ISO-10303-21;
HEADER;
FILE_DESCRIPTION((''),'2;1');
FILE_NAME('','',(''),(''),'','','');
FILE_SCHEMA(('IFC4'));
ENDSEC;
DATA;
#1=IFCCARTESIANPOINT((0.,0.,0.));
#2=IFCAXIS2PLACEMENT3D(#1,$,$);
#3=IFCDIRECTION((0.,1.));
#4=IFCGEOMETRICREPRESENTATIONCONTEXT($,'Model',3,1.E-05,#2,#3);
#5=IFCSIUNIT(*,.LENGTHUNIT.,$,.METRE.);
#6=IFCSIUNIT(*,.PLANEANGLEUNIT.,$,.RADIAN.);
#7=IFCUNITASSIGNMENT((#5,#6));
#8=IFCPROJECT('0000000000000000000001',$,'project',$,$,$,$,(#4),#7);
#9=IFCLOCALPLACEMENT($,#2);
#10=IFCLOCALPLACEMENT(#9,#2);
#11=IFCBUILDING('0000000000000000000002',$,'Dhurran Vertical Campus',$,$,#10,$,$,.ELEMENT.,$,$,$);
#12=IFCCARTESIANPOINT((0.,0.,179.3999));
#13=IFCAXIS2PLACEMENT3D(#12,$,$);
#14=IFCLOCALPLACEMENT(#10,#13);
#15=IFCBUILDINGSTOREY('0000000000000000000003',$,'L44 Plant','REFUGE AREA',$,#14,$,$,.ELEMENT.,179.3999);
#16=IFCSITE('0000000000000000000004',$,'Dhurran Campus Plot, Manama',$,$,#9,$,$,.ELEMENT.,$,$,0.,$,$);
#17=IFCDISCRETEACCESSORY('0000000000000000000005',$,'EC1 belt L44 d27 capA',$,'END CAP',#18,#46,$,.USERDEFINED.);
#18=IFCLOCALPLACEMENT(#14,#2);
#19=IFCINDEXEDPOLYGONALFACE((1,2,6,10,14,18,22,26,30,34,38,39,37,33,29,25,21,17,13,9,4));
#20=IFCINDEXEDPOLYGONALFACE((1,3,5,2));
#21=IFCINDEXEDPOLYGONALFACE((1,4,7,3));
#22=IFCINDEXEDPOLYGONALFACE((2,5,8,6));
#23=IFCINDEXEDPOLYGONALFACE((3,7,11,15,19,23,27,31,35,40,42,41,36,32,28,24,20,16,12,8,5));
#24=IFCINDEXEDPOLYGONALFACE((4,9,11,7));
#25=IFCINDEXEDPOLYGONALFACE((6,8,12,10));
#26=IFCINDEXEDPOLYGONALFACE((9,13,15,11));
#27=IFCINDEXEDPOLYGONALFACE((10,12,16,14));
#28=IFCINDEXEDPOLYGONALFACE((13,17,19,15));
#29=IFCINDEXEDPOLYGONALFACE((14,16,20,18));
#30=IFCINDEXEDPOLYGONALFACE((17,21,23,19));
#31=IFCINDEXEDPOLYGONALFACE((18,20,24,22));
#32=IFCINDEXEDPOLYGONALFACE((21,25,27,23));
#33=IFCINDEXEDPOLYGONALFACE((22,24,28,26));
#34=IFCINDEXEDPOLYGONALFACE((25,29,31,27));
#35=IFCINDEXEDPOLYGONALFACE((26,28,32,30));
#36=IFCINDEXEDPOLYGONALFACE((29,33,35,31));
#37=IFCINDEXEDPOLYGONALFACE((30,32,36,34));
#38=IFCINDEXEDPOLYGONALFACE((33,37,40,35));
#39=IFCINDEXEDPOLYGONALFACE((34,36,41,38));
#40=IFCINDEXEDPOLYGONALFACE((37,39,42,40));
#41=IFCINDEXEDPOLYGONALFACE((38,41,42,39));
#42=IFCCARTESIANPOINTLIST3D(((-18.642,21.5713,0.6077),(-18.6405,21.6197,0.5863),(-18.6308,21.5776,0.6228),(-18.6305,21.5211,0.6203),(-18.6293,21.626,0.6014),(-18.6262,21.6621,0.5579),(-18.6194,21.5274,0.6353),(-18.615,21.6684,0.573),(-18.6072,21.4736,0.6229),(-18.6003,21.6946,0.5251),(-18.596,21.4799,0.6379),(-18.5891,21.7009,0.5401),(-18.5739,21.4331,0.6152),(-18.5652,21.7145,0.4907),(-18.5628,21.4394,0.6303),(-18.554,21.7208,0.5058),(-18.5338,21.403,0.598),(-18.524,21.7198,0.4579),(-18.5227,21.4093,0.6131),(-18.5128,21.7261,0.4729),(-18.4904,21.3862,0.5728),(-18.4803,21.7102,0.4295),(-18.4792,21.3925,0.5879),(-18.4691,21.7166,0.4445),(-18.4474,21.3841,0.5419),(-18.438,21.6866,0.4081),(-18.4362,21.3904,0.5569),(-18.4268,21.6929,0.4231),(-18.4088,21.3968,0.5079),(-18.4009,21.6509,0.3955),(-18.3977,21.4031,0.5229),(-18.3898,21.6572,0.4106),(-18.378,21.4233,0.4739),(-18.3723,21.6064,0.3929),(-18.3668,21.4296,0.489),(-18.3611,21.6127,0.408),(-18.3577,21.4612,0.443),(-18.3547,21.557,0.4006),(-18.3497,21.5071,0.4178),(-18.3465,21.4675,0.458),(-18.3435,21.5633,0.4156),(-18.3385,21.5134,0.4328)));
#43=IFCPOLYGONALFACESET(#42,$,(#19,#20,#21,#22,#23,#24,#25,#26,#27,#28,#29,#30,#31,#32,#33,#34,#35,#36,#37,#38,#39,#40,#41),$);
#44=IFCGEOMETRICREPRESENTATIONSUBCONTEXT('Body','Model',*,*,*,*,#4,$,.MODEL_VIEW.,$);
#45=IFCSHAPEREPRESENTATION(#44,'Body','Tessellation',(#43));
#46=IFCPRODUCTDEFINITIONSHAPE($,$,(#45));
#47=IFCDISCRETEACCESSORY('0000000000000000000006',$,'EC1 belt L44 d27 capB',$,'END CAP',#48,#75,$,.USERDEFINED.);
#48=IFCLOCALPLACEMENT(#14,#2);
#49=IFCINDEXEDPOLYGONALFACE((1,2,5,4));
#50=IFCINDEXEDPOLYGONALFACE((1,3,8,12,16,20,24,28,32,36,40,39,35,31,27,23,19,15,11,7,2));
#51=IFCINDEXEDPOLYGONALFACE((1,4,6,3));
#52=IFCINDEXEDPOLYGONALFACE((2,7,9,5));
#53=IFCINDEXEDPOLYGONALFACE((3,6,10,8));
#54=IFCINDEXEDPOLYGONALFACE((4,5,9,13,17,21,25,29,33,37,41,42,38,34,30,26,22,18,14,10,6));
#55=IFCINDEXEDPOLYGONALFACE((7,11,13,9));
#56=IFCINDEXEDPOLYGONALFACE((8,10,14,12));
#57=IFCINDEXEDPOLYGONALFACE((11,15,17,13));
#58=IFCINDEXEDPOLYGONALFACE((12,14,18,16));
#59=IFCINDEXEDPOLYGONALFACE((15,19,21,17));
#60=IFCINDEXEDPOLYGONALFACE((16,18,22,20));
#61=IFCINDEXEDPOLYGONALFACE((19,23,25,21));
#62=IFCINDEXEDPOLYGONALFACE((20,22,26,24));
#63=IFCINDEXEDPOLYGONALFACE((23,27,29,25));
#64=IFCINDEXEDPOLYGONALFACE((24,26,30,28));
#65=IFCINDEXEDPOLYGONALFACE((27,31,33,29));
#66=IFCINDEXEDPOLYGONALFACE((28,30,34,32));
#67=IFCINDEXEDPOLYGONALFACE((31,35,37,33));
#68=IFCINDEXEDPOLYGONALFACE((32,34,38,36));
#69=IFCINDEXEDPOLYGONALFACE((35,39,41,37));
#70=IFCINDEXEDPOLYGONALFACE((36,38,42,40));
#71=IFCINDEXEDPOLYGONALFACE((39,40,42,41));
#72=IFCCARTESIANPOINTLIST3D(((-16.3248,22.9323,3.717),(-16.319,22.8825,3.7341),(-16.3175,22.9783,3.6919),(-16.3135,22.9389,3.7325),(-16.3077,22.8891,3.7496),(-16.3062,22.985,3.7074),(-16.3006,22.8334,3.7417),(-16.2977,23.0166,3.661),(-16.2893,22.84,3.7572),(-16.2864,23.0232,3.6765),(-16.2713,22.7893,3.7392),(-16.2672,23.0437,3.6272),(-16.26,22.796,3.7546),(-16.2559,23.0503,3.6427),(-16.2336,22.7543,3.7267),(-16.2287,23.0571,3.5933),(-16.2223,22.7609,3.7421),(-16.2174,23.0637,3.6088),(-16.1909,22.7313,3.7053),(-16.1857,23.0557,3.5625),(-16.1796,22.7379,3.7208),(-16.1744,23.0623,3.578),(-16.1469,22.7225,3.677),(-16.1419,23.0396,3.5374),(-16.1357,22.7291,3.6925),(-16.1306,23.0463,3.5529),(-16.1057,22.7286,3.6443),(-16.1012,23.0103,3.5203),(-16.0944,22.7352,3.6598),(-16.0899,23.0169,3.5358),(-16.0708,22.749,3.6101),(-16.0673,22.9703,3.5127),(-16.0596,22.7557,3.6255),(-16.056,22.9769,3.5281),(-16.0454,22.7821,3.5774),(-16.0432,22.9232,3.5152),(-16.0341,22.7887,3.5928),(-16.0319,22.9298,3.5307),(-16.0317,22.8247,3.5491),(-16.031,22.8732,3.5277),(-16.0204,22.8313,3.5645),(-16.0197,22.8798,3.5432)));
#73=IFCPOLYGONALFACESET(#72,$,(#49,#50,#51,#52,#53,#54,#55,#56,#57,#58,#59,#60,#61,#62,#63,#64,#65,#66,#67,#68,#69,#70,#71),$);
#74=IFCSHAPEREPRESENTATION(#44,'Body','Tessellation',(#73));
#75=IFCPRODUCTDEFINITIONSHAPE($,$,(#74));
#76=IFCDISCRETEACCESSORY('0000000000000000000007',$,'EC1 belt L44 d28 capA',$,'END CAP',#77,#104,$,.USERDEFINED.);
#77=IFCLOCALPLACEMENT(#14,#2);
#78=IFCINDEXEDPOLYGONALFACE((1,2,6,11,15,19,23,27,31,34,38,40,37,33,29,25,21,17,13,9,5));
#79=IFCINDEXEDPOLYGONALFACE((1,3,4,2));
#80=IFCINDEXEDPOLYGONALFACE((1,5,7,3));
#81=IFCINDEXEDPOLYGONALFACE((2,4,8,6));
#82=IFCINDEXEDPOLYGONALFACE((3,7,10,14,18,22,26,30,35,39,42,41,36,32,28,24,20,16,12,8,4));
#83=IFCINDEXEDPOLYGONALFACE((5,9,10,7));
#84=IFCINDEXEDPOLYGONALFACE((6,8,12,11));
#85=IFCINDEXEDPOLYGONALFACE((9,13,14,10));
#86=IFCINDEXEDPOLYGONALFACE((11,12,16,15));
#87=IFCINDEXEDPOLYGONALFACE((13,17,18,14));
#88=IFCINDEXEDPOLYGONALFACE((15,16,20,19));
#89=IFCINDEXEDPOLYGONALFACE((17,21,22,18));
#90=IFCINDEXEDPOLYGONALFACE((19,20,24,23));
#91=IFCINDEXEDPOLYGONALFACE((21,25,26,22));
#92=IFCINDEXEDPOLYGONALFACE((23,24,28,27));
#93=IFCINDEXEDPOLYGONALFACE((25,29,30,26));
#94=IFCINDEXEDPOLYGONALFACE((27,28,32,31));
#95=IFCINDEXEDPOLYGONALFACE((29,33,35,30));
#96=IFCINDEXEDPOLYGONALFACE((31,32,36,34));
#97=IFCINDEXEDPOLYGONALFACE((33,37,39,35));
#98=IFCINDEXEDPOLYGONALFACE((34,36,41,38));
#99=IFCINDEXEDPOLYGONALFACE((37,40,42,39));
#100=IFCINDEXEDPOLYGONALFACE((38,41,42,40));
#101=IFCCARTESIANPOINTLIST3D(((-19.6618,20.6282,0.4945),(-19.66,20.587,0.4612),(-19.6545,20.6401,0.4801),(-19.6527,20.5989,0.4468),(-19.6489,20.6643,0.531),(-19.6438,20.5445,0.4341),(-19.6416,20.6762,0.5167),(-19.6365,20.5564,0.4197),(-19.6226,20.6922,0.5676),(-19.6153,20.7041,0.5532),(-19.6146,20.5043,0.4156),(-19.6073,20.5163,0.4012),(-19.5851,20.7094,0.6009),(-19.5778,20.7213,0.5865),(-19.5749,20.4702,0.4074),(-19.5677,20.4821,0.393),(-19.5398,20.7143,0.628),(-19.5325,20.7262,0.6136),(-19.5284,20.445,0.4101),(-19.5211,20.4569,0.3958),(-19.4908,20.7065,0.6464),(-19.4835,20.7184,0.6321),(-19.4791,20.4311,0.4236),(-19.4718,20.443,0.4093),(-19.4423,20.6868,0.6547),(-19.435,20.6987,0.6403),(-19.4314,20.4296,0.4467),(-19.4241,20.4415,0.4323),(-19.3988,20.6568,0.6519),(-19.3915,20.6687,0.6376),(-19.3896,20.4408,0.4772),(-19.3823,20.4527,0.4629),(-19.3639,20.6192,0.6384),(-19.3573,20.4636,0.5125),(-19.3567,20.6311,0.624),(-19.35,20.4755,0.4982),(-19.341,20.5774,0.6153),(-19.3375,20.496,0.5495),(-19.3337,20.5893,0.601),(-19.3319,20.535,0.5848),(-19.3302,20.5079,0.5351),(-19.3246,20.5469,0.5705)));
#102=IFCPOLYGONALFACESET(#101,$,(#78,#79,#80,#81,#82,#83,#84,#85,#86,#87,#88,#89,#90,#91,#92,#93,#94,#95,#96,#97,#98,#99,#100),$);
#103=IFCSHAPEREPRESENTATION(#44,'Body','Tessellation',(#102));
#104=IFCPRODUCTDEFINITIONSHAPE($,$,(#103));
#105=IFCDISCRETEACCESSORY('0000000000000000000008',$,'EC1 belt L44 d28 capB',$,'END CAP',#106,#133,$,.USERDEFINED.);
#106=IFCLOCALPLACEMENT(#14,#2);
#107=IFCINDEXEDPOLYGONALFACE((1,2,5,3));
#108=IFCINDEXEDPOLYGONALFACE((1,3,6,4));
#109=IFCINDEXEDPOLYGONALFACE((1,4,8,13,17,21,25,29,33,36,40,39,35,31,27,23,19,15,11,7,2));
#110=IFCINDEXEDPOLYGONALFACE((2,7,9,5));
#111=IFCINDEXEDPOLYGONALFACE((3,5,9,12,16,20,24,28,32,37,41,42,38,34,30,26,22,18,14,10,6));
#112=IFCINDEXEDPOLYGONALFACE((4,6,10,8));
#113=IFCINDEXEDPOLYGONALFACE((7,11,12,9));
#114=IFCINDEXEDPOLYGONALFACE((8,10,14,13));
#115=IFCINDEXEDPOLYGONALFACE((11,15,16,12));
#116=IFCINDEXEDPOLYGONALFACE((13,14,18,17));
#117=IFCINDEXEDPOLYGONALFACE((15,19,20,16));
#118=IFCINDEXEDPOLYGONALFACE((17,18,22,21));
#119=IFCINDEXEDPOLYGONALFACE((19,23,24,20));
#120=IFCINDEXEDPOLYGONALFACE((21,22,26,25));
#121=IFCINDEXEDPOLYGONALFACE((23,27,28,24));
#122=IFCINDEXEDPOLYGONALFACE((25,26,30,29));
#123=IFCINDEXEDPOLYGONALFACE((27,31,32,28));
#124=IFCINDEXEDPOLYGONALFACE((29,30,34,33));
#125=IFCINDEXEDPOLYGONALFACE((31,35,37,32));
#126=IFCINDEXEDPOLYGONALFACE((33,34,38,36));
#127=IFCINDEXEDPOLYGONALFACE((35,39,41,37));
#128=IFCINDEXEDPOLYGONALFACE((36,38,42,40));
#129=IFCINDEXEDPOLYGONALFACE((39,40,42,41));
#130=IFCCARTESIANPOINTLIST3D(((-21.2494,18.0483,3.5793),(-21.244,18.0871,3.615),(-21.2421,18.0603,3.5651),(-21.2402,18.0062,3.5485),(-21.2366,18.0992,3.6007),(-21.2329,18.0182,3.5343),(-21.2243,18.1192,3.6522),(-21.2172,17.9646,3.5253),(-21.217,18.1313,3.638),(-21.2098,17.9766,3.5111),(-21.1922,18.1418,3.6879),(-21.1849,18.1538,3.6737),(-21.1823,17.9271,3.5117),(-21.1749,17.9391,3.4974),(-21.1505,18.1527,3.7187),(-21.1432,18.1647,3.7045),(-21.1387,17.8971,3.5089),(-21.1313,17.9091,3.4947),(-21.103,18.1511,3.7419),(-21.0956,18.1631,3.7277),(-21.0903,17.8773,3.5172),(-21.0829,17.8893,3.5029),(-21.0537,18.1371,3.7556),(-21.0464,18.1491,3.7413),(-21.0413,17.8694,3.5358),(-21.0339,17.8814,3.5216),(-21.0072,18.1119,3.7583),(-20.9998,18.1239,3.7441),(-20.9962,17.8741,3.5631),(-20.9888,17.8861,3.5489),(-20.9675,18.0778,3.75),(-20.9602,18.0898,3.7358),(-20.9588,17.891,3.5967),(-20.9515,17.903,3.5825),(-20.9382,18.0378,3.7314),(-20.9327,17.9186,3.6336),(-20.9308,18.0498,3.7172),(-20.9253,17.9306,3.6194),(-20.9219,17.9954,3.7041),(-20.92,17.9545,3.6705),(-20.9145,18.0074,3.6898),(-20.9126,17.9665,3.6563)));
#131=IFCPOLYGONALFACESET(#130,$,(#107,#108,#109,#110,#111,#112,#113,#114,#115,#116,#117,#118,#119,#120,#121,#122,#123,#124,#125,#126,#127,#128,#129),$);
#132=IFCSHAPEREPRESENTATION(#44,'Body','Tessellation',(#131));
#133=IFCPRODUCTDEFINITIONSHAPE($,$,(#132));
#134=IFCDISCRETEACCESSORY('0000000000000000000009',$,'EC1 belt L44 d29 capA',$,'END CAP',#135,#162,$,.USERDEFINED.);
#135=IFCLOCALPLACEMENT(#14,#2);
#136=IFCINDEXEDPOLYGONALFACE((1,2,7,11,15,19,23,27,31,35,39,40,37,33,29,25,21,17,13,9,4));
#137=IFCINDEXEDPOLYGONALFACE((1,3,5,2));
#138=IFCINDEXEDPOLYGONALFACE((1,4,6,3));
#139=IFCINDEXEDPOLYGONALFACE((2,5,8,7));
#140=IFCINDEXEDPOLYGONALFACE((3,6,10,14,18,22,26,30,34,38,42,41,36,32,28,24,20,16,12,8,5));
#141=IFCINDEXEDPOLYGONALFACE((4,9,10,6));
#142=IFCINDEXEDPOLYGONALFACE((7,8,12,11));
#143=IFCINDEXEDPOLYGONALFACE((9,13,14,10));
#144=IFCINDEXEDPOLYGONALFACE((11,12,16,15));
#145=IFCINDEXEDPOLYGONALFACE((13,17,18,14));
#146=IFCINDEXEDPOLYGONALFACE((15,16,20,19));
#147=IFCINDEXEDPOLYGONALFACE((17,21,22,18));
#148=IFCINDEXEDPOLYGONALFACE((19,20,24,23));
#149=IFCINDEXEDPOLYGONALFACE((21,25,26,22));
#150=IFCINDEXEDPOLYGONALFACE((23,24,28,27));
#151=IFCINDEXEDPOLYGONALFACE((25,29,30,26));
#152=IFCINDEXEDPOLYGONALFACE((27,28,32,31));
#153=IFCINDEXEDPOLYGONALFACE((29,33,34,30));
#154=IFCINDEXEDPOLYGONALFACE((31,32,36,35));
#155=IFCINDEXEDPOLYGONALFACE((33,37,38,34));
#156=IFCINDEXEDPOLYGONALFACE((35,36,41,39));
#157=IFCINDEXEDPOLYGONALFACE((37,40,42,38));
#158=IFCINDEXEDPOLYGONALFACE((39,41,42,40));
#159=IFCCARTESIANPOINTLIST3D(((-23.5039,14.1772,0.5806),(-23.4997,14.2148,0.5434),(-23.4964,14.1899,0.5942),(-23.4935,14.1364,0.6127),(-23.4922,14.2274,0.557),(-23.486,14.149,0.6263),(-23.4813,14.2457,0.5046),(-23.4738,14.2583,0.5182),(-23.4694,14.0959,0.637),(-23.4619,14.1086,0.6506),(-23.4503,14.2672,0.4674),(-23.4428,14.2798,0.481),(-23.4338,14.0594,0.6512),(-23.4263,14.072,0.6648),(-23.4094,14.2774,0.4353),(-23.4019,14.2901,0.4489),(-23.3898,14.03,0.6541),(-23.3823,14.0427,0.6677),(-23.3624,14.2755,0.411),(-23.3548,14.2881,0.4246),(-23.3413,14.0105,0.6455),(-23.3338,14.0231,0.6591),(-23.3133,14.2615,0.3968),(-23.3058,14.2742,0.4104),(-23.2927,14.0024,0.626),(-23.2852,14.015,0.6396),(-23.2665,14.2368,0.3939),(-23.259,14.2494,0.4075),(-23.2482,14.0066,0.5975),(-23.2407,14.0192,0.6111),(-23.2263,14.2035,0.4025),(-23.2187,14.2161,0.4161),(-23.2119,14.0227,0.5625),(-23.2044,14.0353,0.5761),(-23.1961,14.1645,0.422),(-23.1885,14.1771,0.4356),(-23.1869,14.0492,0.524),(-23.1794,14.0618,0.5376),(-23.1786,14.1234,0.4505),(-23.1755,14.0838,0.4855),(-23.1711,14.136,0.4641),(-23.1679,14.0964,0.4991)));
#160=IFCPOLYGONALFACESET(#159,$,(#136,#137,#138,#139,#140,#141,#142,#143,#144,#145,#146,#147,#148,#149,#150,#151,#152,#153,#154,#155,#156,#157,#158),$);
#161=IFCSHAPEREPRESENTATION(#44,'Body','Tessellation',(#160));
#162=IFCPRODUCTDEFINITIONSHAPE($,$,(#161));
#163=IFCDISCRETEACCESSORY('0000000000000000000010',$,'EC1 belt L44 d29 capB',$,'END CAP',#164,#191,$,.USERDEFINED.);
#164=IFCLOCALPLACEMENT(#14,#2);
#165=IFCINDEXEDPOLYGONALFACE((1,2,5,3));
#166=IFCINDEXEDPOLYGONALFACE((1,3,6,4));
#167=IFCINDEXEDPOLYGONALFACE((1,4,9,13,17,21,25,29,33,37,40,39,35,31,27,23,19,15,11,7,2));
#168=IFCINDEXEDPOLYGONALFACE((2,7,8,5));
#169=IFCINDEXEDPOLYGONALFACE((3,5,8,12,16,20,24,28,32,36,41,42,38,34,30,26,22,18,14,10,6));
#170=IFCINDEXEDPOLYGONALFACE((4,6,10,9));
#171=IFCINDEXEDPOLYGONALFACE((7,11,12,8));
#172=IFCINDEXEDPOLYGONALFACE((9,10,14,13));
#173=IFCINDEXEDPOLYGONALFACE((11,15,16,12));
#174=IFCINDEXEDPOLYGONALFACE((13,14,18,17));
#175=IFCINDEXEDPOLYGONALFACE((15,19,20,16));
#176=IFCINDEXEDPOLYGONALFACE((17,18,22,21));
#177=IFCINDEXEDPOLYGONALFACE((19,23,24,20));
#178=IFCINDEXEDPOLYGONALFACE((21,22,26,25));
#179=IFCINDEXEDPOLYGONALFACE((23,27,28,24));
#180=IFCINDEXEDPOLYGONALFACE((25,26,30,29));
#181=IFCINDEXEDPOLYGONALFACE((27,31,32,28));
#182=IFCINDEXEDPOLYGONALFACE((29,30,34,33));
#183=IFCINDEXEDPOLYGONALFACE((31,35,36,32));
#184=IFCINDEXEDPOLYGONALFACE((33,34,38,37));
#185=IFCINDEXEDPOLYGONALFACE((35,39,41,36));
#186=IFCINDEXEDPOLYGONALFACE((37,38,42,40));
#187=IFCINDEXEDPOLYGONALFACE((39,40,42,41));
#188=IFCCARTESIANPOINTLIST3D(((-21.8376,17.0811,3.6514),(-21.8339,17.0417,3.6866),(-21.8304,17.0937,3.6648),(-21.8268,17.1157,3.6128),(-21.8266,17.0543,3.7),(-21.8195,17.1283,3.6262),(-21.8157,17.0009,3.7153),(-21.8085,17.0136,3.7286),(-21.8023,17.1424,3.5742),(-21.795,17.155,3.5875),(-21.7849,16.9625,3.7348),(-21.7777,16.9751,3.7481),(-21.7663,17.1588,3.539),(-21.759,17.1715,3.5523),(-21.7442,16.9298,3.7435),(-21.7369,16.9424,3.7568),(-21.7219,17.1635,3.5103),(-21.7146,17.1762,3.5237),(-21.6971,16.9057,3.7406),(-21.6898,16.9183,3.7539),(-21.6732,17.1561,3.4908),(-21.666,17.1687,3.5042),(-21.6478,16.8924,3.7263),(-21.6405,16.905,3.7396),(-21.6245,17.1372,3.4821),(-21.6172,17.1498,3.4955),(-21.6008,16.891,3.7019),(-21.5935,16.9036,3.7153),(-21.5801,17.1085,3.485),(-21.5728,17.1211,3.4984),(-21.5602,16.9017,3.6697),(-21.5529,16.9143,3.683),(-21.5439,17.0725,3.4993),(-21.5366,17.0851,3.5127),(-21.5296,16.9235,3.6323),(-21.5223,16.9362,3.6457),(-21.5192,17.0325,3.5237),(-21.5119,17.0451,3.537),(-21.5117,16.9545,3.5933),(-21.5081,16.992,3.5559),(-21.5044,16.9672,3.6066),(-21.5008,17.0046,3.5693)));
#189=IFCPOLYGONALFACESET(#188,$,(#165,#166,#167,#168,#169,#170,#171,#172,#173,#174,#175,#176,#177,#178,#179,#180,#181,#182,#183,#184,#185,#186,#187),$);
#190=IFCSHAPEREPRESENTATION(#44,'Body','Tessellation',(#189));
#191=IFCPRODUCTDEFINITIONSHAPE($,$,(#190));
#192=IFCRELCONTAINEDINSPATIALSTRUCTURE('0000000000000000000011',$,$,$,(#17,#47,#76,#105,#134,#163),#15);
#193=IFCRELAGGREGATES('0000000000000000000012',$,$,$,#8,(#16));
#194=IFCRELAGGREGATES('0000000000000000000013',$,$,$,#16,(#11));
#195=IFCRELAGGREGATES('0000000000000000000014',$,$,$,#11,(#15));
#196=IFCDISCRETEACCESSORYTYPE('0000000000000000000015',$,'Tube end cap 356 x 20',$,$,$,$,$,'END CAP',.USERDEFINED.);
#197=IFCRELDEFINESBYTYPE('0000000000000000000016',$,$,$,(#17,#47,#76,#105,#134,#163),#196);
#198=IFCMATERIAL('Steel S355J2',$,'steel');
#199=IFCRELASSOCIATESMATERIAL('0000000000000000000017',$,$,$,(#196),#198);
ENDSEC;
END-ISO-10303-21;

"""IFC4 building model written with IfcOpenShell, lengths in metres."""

from ifc_helpers import new_model, si_unit, direction, frame, origin, origin_2d, place, context, subcontext, project, spatial, circle, extrude, material, material_profile, profile_set, type_object, element, save


model = new_model("IFC4")

# Units and contexts
model_context = context("Model", 3, precision=1e-05, world=origin(), true_north=direction((0.0, 1.0)))
body_context = subcontext(model_context, "Body", "Model", "MODEL_VIEW")
ifc_project = project(units=[si_unit("LENGTHUNIT", "METRE"), si_unit("PLANEANGLEUNIT", "RADIAN")], contexts=[model_context])

# Site, building, storey
site_placement = place(None, origin())
site = spatial("IfcSite", under=ifc_project, at=site_placement, Name="Dhurran Campus Plot, Manama", CompositionType="ELEMENT", RefElevation=0.0)
building_placement = place(site_placement, origin())
building = spatial("IfcBuilding", under=site, at=building_placement, Name="Dhurran Vertical Campus", CompositionType="ELEMENT")
storey_placement = place(building_placement, frame((0.0, 0.0, 179.3999)))
storey = spatial("IfcBuildingStorey", under=building, at=storey_placement, Name="L44 Plant", Description="REFUGE AREA", CompositionType="ELEMENT", Elevation=179.3999)

# Discrete accessories
ifc_material_1 = material(Name="Steel S355J2", Category="steel")
ifc_material_profile_1 = material_profile(ifc_material_1, circle(Radius=0.1777, at=origin_2d()), Name="Tube end cap 356 x 20")
ifc_profile_set_1 = profile_set([ifc_material_profile_1], Name="Steel S355J2")
discrete_accessory_type = type_object("IfcDiscreteAccessoryType", Name="Tube end cap 356 x 20", ElementType="END CAP", PredefinedType="USERDEFINED", material=ifc_profile_set_1)
for number, where, z_axis, x_axis, name in (
    (1, (-18.4851, 21.5579, 0.5229), (-0.564683, -0.319169, -0.761094), (0.492057, -0.870563, 0.0), "EC1 belt L44 d27 capA"),
):
    element("IfcDiscreteAccessory", number, at=place(storey_placement, frame(where, z_axis=z_axis, x_axis=x_axis)), inside=storey, type_object=discrete_accessory_type, Name=name, ObjectType="END CAP", PredefinedType="USERDEFINED", context=body_context, shape_type="SweptSolid", body=[
        extrude(circle(Radius=0.1777, at=origin_2d()), origin(), (0.0, 0.0, 1.0), 0.0198),
    ])
discrete_accessory_1_placement = place(storey_placement, frame((-16.1772, 22.8904, 3.6272), z_axis=(0.557259, 0.327087, 0.763202), x_axis=(-0.506201, 0.862416, 0.0)))
element("IfcDiscreteAccessory", 2, at=discrete_accessory_1_placement, inside=storey, type_object=discrete_accessory_type, Name="EC1 belt L44 d27 capB", ObjectType="END CAP", PredefinedType="USERDEFINED", context=body_context, shape_type="SweptSolid", body=[
    extrude(circle(Radius=0.1777, at=origin_2d()), origin(), (0.0, 0.0, 1.0), 0.0203),
])
for number, where, z_axis, x_axis, name in (
    (3, (-19.4973, 20.5715, 0.531), (0.364286, 0.595, -0.716429), (-0.852851, 0.522154, 0.0), "EC1 belt L44 d28 capA"),
    (4, (-21.0769, 18.0234, 3.6194), (-0.367469, -0.6002, 0.710441), (0.852851, -0.522154, 0.0), "EC1 belt L44 d28 capB"),
    (5, (-23.332, 14.1528, 0.5376), (-0.375903, -0.630546, -0.67905), (0.858947, -0.512065, 0.0), "EC1 belt L44 d29 capA"),
):
    element("IfcDiscreteAccessory", number, at=place(storey_placement, frame(where, z_axis=z_axis, x_axis=x_axis)), inside=storey, type_object=discrete_accessory_type, Name=name, ObjectType="END CAP", PredefinedType="USERDEFINED", context=body_context, shape_type="SweptSolid", body=[
        extrude(circle(Radius=0.1777, at=origin_2d()), origin(), (0.0, 0.0, 1.0), 0.02),
    ])
discrete_accessory_2_placement = place(storey_placement, frame((-21.6729, 17.0269, 3.6128), z_axis=(0.368466, 0.638674, 0.675521), x_axis=(-0.866186, 0.499722, 0.0)))
element("IfcDiscreteAccessory", 6, at=discrete_accessory_2_placement, inside=storey, type_object=discrete_accessory_type, Name="EC1 belt L44 d29 capB", ObjectType="END CAP", PredefinedType="USERDEFINED", context=body_context, shape_type="SweptSolid", body=[
    extrude(circle(Radius=0.1777, at=origin_2d()), origin(), (0.0, 0.0, 1.0), 0.0198),
])

save(model, "model.ifc")
